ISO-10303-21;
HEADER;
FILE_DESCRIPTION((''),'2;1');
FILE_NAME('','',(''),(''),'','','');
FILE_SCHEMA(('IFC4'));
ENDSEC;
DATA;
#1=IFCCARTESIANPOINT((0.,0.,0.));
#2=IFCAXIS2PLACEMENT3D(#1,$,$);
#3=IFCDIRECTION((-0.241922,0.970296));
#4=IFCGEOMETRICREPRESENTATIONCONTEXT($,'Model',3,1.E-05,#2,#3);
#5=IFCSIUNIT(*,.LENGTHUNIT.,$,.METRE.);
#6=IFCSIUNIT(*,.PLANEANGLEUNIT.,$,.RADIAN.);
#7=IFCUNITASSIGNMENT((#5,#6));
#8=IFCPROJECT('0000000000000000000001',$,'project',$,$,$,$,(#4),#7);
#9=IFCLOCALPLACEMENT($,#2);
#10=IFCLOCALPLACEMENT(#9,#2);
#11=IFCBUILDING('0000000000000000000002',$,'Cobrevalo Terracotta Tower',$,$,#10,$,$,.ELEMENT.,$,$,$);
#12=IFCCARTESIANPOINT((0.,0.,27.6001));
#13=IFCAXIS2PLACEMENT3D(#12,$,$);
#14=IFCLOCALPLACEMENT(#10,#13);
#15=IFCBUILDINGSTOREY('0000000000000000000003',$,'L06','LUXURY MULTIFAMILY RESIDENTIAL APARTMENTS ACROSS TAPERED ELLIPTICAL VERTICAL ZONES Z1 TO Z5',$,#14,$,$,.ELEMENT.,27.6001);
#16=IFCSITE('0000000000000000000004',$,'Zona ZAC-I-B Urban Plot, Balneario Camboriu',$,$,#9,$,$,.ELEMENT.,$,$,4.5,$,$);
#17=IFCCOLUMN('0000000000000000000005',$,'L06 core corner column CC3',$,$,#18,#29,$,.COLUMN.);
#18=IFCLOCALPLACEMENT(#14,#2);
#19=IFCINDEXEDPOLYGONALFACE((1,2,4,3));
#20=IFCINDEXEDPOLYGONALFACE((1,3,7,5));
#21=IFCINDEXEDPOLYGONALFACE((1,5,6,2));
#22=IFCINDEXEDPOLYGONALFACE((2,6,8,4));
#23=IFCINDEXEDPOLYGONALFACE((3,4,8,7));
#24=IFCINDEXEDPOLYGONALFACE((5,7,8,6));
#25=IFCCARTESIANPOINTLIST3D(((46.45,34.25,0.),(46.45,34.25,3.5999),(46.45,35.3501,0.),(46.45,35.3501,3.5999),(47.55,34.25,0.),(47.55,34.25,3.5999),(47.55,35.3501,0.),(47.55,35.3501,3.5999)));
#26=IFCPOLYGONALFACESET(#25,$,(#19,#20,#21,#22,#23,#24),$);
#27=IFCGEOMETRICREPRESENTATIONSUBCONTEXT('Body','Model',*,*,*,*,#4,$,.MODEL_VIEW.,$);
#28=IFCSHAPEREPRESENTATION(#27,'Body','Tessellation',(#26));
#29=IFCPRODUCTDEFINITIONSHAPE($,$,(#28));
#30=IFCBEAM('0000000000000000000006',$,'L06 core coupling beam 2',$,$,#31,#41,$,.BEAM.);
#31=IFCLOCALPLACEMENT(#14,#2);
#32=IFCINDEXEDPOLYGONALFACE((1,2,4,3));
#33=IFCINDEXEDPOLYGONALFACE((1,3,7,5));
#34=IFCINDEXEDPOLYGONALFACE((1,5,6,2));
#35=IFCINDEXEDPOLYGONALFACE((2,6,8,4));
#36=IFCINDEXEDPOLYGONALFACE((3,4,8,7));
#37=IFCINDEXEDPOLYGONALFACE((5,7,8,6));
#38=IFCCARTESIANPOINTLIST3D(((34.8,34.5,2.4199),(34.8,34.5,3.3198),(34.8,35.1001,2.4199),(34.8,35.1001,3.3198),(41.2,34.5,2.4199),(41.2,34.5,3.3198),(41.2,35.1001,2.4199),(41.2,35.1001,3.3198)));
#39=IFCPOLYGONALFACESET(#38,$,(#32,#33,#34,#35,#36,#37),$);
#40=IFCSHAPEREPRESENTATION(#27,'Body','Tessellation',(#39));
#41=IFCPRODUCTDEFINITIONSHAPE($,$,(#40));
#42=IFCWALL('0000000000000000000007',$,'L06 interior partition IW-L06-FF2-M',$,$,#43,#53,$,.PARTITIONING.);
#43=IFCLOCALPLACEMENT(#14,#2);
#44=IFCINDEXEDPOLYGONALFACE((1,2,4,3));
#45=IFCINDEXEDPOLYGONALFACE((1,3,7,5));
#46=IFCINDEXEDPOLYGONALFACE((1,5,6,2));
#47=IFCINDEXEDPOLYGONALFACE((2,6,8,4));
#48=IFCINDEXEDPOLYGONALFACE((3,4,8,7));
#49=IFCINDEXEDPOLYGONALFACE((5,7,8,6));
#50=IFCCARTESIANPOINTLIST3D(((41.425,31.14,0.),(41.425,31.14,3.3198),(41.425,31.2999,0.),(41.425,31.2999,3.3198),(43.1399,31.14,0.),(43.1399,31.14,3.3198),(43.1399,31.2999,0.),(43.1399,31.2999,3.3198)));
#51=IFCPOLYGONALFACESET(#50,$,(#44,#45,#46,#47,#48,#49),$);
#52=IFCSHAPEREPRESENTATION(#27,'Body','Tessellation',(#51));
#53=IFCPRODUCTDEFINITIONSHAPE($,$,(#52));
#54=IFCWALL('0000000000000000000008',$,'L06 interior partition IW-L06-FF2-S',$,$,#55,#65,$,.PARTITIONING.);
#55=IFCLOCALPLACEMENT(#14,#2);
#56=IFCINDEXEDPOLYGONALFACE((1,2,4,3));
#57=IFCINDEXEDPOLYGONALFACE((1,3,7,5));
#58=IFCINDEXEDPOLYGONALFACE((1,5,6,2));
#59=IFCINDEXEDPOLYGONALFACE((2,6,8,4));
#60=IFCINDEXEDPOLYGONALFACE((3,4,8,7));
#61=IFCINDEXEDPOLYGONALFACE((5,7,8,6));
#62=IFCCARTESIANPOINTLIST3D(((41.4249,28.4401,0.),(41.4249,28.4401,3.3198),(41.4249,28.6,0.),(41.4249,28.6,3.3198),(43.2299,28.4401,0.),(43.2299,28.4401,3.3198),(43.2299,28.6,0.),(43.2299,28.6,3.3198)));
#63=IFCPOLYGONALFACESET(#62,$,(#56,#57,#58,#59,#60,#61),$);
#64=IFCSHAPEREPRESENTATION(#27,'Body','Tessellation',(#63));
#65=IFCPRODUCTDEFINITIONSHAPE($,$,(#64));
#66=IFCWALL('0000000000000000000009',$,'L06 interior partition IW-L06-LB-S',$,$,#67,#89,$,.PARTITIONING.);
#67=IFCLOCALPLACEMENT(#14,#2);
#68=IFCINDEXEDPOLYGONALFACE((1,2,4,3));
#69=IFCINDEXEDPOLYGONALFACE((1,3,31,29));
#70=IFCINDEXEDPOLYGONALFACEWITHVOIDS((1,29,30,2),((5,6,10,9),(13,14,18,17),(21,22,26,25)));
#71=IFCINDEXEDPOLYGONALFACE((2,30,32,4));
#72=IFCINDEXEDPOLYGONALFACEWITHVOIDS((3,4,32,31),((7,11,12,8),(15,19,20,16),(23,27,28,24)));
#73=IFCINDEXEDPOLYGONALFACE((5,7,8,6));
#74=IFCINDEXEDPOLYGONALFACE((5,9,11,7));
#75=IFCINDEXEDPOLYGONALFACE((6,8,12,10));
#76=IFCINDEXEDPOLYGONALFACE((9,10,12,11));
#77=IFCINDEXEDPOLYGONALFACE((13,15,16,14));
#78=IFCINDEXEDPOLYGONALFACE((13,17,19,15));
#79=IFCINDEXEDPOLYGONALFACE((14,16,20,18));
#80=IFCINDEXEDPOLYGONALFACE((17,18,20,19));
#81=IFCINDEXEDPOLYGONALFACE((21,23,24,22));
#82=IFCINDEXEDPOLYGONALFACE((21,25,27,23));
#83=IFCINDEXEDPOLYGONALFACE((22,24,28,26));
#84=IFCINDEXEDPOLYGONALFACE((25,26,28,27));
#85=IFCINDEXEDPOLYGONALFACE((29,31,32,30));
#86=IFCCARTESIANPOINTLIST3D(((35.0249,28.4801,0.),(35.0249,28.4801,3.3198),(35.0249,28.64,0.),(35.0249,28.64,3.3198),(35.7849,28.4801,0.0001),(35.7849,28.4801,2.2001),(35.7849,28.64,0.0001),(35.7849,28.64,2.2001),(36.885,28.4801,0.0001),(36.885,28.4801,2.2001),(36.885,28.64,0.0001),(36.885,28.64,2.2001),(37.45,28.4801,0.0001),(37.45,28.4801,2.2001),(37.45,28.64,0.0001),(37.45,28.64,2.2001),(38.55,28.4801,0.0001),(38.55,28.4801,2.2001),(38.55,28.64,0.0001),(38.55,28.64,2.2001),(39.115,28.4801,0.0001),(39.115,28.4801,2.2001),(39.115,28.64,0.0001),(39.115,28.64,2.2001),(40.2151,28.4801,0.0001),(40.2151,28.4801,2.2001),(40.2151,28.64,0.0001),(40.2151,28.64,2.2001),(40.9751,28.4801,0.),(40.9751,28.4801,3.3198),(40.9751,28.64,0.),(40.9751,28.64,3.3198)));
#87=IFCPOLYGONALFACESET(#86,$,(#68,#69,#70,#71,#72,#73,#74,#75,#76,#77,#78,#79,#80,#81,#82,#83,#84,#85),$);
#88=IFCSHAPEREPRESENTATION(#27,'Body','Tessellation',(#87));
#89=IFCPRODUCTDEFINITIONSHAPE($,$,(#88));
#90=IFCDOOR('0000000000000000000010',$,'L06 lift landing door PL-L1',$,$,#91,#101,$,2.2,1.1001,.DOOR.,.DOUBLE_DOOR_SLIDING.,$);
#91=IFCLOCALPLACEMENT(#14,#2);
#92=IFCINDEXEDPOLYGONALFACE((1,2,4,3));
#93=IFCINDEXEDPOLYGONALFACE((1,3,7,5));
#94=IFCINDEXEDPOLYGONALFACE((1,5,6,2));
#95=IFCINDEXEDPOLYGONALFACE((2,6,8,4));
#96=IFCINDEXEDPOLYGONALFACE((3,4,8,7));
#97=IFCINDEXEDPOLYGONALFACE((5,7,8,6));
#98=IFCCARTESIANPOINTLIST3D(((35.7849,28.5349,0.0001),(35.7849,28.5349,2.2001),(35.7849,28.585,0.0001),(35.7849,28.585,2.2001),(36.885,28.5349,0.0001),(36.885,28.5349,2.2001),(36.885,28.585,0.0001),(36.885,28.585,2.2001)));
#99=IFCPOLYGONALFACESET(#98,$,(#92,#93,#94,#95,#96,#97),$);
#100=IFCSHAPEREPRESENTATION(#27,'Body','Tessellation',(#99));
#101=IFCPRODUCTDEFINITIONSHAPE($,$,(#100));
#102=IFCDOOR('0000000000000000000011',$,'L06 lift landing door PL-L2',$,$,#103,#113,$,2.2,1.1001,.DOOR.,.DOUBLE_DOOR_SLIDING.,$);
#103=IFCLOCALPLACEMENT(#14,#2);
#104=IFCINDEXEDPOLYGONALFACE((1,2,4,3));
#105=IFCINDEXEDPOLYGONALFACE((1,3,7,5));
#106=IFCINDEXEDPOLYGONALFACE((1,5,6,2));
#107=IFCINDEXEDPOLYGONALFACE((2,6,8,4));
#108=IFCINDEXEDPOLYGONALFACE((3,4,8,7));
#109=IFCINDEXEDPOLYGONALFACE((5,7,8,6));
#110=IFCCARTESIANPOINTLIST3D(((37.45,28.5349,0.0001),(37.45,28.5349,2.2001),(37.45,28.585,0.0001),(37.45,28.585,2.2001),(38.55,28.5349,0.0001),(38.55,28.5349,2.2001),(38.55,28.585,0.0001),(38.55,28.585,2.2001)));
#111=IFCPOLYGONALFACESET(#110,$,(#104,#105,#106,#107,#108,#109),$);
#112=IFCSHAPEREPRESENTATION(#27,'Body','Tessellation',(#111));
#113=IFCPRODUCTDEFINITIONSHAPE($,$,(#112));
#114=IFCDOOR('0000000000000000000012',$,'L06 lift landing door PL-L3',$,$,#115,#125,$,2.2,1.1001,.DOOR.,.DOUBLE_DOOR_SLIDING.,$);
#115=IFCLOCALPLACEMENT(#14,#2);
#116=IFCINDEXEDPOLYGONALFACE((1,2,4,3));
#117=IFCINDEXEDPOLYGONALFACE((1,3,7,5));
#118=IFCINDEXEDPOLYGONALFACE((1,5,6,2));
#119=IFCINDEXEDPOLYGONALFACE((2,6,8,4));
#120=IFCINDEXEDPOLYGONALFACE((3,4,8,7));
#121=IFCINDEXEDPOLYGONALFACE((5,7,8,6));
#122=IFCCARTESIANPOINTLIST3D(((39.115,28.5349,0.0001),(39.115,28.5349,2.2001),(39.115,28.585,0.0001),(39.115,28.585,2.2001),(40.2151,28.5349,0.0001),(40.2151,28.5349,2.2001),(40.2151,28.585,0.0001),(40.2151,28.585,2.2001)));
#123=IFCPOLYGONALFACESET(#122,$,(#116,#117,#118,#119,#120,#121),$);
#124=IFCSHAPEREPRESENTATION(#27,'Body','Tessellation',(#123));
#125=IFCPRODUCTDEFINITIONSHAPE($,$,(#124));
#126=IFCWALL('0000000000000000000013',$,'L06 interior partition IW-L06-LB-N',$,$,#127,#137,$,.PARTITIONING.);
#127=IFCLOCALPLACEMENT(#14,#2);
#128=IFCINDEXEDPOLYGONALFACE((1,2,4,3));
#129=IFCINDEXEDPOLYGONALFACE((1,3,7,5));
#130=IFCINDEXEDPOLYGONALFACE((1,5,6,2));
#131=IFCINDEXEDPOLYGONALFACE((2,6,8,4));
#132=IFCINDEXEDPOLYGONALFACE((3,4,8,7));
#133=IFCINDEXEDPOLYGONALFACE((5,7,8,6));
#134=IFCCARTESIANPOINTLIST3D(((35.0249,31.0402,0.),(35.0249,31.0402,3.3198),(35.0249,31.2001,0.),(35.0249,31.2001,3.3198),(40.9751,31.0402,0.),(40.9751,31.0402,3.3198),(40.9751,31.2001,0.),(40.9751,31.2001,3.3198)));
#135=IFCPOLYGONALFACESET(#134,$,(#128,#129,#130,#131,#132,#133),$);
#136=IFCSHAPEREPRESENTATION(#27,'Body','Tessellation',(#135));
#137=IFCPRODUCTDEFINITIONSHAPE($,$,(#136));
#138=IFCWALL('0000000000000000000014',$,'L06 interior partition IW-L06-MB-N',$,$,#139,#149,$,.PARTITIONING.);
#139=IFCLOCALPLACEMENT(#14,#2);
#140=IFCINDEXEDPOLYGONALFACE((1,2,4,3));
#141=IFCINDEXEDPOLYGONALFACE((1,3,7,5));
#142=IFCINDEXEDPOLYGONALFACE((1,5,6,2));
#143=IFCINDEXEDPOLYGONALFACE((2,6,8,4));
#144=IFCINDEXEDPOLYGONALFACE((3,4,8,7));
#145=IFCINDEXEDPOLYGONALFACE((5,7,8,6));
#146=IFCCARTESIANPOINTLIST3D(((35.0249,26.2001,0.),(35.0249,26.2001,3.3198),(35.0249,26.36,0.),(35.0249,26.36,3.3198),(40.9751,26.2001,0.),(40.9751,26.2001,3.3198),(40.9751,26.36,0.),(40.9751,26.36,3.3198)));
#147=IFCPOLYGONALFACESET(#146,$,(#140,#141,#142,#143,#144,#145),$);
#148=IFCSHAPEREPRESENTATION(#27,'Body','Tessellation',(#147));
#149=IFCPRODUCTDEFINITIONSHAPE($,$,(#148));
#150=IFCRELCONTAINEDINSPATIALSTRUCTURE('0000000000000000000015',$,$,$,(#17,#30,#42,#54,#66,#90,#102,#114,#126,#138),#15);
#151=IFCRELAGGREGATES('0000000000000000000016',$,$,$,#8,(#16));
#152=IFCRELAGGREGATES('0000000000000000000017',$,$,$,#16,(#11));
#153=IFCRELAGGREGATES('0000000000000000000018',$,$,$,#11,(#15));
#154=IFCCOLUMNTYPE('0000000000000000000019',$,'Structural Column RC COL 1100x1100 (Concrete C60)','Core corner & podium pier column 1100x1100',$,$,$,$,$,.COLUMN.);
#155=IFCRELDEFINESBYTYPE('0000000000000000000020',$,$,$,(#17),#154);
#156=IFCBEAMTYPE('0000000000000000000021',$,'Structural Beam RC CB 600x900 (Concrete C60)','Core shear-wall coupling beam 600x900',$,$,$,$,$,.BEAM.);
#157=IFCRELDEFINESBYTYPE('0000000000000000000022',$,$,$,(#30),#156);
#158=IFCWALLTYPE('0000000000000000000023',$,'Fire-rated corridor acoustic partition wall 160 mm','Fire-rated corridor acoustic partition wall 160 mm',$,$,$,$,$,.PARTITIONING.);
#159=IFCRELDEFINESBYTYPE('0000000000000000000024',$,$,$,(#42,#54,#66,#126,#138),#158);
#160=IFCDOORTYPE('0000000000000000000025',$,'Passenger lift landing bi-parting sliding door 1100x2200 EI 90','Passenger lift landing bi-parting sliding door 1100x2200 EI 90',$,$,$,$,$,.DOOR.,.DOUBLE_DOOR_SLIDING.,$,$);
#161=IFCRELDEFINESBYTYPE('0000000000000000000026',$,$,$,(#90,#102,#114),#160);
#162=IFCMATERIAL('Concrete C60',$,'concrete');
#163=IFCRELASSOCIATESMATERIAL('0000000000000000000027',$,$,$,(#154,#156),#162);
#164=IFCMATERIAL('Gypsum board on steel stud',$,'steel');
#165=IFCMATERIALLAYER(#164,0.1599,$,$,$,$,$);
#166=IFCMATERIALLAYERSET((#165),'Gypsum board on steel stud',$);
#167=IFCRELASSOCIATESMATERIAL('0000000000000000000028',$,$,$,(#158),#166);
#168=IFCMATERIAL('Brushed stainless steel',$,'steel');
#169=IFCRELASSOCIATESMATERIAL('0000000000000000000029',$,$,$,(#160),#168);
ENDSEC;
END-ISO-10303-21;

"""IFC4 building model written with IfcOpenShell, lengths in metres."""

from ifc_helpers import new_model, si_unit, direction, frame, frame_2d, origin, origin_2d, place, context, subcontext, project, spatial, rectangle, extrude, source, transform, mapped, material, layer, layer_set, material_profile, profile_set, type_object, element, fill, save


model = new_model("IFC4")

# Units and contexts
model_context = context("Model", 3, precision=1e-05, world=origin(), true_north=direction((-0.241922, 0.970296)))
body_context = subcontext(model_context, "Body", "Model", "MODEL_VIEW")
ifc_project = project(units=[si_unit("LENGTHUNIT", "METRE"), si_unit("PLANEANGLEUNIT", "RADIAN")], contexts=[model_context])

# Site, building, storey
site_placement = place(None, origin())
site = spatial("IfcSite", under=ifc_project, at=site_placement, Name="Zona ZAC-I-B Urban Plot, Balneario Camboriu", CompositionType="ELEMENT", RefElevation=4.5)
building_placement = place(site_placement, origin())
building = spatial("IfcBuilding", under=site, at=building_placement, Name="Cobrevalo Terracotta Tower", CompositionType="ELEMENT")
storey_placement = place(building_placement, frame((0.0, 0.0, 27.6001)))
storey = spatial("IfcBuildingStorey", under=building, at=storey_placement, Name="L06", Description="LUXURY MULTIFAMILY RESIDENTIAL APARTMENTS ACROSS TAPERED ELLIPTICAL VERTICAL ZONES Z1 TO Z5", CompositionType="ELEMENT", Elevation=27.6001)

# Column
ifc_material_1 = material(Name="Concrete C60", Category="concrete")
ifc_material_profile_1 = material_profile(ifc_material_1, rectangle(XDim=1.1001, YDim=1.1001, at=origin_2d()), Name="RC COL 1100x1100")
ifc_profile_set_1 = profile_set([ifc_material_profile_1], Name="Concrete C60")
column_type = type_object("IfcColumnType", Name="Structural Column RC COL 1100x1100 (Concrete C60)", Description="Core corner & podium pier column 1100x1100", PredefinedType="COLUMN", material=ifc_profile_set_1)
column_placement = place(storey_placement, frame((47.0, 34.8, 0.0), z_axis=(0.0, 0.0, 1.0), x_axis=(1.0, 0.0, 0.0)))
element("IfcColumn", 1, at=column_placement, inside=storey, type_object=column_type, Name="L06 core corner column CC3", PredefinedType="COLUMN", context=body_context, shape_type="SweptSolid", body=[
    extrude(rectangle(XDim=1.1001, YDim=1.1001, at=origin_2d()), origin(), (0.0, 0.0, 1.0), 3.5999),
])

# Beam
ifc_material_profile_2 = material_profile(ifc_material_1, rectangle(XDim=0.6001, YDim=0.8999, at=origin_2d()), Name="RC CB 600x900")
ifc_profile_set_2 = profile_set([ifc_material_profile_2], Name="Concrete C60")
beam_type = type_object("IfcBeamType", Name="Structural Beam RC CB 600x900 (Concrete C60)", Description="Core shear-wall coupling beam 600x900", PredefinedType="BEAM", material=ifc_profile_set_2)
beam_placement = place(storey_placement, frame((34.8, 34.8, 2.8699), z_axis=(1.0, 0.0, 0.0), x_axis=(0.0, 1.0, 0.0)))
element("IfcBeam", 2, at=beam_placement, inside=storey, type_object=beam_type, Name="L06 core coupling beam 2", PredefinedType="BEAM", context=body_context, shape_type="SweptSolid", body=[
    extrude(rectangle(XDim=0.6001, YDim=0.8999, at=origin_2d()), origin(), (0.0, 0.0, 1.0), 6.3999),
])

# Walls
ifc_material_2 = material(Name="Gypsum board on steel stud", Category="steel")
ifc_layer_1 = layer(ifc_material_2, 0.1599)
ifc_layer_set_1 = layer_set([ifc_layer_1], Name="Gypsum board on steel stud")
wall_type_1 = type_object("IfcWallType", Name="Fire-rated corridor acoustic partition wall 160 mm", Description="Fire-rated corridor acoustic partition wall 160 mm", PredefinedType="PARTITIONING", material=ifc_layer_set_1)
wall_1_placement = place(storey_placement, frame((41.425, 31.22, 0.0), z_axis=(0.0, 0.0, 1.0), x_axis=(1.0, 0.0, 0.0)))
element("IfcWall", 3, at=wall_1_placement, inside=storey, type_object=wall_type_1, Name="L06 interior partition IW-L06-FF2-M", PredefinedType="PARTITIONING", context=body_context, shape_type="SweptSolid", body=[
    extrude(rectangle(XDim=1.7148, YDim=0.1599, at=frame_2d((0.8574, 0.0))), origin(), (0.0, 0.0, 1.0), 3.3198),
])
wall_2_placement = place(storey_placement, frame((41.425, 28.52, 0.0), z_axis=(0.0, 0.0, 1.0), x_axis=(1.0, 0.0, 0.0)))
element("IfcWall", 4, at=wall_2_placement, inside=storey, type_object=wall_type_1, Name="L06 interior partition IW-L06-FF2-S", PredefinedType="PARTITIONING", context=body_context, shape_type="SweptSolid", body=[
    extrude(rectangle(XDim=1.8049, YDim=0.1599, at=frame_2d((0.9023, 0.0))), origin(), (0.0, 0.0, 1.0), 3.3198),
])

# Wall, openings, doors
wall_3_placement = place(storey_placement, frame((35.0249, 28.5601, 0.0), z_axis=(0.0, 0.0, 1.0), x_axis=(1.0, 0.0, 0.0)))
wall_3 = element("IfcWall", 5, at=wall_3_placement, inside=storey, type_object=wall_type_1, Name="L06 interior partition IW-L06-LB-S", PredefinedType="PARTITIONING", context=body_context, shape_type="SweptSolid", body=[
    extrude(rectangle(XDim=5.9502, YDim=0.1599, at=frame_2d((2.9751, 0.0))), origin(), (0.0, 0.0, 1.0), 3.3198),
])
opening_1_placement = place(wall_3_placement, frame((0.76, 0.0, 0.0)))
opening_1 = element("IfcOpeningElement", 6, at=opening_1_placement, cuts=wall_3, PredefinedType="OPENING", context=body_context, shape_type="SweptSolid", body=[
    extrude(rectangle(XDim=1.1001, YDim=2.2, at=frame_2d((0.55, 1.1001))), frame((0.0, 0.0898, 0.0), z_axis=(0.0, -1.0, 0.0), x_axis=(1.0, 0.0, 0.0)), (0.0, 0.0, 1.0), 0.1799),
])
opening_2_placement = place(wall_3_placement, frame((2.425, 0.0, 0.0)))
opening_2 = element("IfcOpeningElement", 7, at=opening_2_placement, cuts=wall_3, PredefinedType="OPENING", context=body_context, shape_type="SweptSolid", body=[
    extrude(rectangle(XDim=1.1001, YDim=2.2, at=frame_2d((0.55, 1.1001))), frame((0.0, 0.0898, 0.0), z_axis=(0.0, -1.0, 0.0), x_axis=(1.0, 0.0, 0.0)), (0.0, 0.0, 1.0), 0.1799),
])
opening_3_placement = place(wall_3_placement, frame((4.0901, 0.0, 0.0)))
opening_3 = element("IfcOpeningElement", 8, at=opening_3_placement, cuts=wall_3, PredefinedType="OPENING", context=body_context, shape_type="SweptSolid", body=[
    extrude(rectangle(XDim=1.1001, YDim=2.2, at=frame_2d((0.55, 1.1001))), frame((0.0, 0.0898, 0.0), z_axis=(0.0, -1.0, 0.0), x_axis=(1.0, 0.0, 0.0)), (0.0, 0.0, 1.0), 0.1799),
])
ifc_material_3 = material(Name="Brushed stainless steel", Category="steel")
door_type_1 = type_object("IfcDoorType", Name="Passenger lift landing bi-parting sliding door 1100x2200 EI 90", Description="Passenger lift landing bi-parting sliding door 1100x2200 EI 90", OperationType="DOUBLE_DOOR_SLIDING", PredefinedType="DOOR", material=ifc_material_3)
shared_shape_1 = source(origin(), body_context, "Body", "SweptSolid", [
    extrude(rectangle(XDim=1.1001, YDim=2.2, at=frame_2d((0.55, 1.1001))), frame((0.0, 0.0249, 0.0), z_axis=(0.0, -1.0, 0.0), x_axis=(1.0, 0.0, 0.0)), (0.0, 0.0, 1.0), 0.05),
])
door_1_placement = place(opening_1_placement, origin())
door_1 = element("IfcDoor", 9, at=door_1_placement, inside=storey, type_object=door_type_1, Name="L06 lift landing door PL-L1", OperationType="DOUBLE_DOOR_SLIDING", OverallHeight=2.2, OverallWidth=1.1001, PredefinedType="DOOR", context=body_context, shape_type="MappedRepresentation", body=[
    mapped(shared_shape_1, transform((0.0, 0.0, 0.0), scale=1.0)),
])
fill(opening_1, door_1)
door_2_placement = place(opening_2_placement, origin())
door_2 = element("IfcDoor", 10, at=door_2_placement, inside=storey, type_object=door_type_1, Name="L06 lift landing door PL-L2", OperationType="DOUBLE_DOOR_SLIDING", OverallHeight=2.2, OverallWidth=1.1001, PredefinedType="DOOR", context=body_context, shape_type="MappedRepresentation", body=[
    mapped(shared_shape_1, transform((0.0, 0.0, 0.0), scale=1.0)),
])
fill(opening_2, door_2)
door_3_placement = place(opening_3_placement, origin())
door_3 = element("IfcDoor", 11, at=door_3_placement, inside=storey, type_object=door_type_1, Name="L06 lift landing door PL-L3", OperationType="DOUBLE_DOOR_SLIDING", OverallHeight=2.2, OverallWidth=1.1001, PredefinedType="DOOR", context=body_context, shape_type="MappedRepresentation", body=[
    mapped(shared_shape_1, transform((0.0, 0.0, 0.0), scale=1.0)),
])
fill(opening_3, door_3)

# Walls
for number, where, z_axis, x_axis, name in (
    (12, (35.0249, 31.1201, 0.0), (0.0, 0.0, 1.0), (1.0, 0.0, 0.0), "L06 interior partition IW-L06-LB-N"),
    (13, (35.0249, 26.28, 0.0), (0.0, 0.0, 1.0), (1.0, 0.0, 0.0), "L06 interior partition IW-L06-MB-N"),
):
    element("IfcWall", number, at=place(storey_placement, frame(where, z_axis=z_axis, x_axis=x_axis)), inside=storey, type_object=wall_type_1, Name=name, PredefinedType="PARTITIONING", context=body_context, shape_type="SweptSolid", body=[
        extrude(rectangle(XDim=5.9502, YDim=0.1599, at=frame_2d((2.9751, 0.0))), origin(), (0.0, 0.0, 1.0), 3.3198),
    ])

save(model, "model.ifc")
